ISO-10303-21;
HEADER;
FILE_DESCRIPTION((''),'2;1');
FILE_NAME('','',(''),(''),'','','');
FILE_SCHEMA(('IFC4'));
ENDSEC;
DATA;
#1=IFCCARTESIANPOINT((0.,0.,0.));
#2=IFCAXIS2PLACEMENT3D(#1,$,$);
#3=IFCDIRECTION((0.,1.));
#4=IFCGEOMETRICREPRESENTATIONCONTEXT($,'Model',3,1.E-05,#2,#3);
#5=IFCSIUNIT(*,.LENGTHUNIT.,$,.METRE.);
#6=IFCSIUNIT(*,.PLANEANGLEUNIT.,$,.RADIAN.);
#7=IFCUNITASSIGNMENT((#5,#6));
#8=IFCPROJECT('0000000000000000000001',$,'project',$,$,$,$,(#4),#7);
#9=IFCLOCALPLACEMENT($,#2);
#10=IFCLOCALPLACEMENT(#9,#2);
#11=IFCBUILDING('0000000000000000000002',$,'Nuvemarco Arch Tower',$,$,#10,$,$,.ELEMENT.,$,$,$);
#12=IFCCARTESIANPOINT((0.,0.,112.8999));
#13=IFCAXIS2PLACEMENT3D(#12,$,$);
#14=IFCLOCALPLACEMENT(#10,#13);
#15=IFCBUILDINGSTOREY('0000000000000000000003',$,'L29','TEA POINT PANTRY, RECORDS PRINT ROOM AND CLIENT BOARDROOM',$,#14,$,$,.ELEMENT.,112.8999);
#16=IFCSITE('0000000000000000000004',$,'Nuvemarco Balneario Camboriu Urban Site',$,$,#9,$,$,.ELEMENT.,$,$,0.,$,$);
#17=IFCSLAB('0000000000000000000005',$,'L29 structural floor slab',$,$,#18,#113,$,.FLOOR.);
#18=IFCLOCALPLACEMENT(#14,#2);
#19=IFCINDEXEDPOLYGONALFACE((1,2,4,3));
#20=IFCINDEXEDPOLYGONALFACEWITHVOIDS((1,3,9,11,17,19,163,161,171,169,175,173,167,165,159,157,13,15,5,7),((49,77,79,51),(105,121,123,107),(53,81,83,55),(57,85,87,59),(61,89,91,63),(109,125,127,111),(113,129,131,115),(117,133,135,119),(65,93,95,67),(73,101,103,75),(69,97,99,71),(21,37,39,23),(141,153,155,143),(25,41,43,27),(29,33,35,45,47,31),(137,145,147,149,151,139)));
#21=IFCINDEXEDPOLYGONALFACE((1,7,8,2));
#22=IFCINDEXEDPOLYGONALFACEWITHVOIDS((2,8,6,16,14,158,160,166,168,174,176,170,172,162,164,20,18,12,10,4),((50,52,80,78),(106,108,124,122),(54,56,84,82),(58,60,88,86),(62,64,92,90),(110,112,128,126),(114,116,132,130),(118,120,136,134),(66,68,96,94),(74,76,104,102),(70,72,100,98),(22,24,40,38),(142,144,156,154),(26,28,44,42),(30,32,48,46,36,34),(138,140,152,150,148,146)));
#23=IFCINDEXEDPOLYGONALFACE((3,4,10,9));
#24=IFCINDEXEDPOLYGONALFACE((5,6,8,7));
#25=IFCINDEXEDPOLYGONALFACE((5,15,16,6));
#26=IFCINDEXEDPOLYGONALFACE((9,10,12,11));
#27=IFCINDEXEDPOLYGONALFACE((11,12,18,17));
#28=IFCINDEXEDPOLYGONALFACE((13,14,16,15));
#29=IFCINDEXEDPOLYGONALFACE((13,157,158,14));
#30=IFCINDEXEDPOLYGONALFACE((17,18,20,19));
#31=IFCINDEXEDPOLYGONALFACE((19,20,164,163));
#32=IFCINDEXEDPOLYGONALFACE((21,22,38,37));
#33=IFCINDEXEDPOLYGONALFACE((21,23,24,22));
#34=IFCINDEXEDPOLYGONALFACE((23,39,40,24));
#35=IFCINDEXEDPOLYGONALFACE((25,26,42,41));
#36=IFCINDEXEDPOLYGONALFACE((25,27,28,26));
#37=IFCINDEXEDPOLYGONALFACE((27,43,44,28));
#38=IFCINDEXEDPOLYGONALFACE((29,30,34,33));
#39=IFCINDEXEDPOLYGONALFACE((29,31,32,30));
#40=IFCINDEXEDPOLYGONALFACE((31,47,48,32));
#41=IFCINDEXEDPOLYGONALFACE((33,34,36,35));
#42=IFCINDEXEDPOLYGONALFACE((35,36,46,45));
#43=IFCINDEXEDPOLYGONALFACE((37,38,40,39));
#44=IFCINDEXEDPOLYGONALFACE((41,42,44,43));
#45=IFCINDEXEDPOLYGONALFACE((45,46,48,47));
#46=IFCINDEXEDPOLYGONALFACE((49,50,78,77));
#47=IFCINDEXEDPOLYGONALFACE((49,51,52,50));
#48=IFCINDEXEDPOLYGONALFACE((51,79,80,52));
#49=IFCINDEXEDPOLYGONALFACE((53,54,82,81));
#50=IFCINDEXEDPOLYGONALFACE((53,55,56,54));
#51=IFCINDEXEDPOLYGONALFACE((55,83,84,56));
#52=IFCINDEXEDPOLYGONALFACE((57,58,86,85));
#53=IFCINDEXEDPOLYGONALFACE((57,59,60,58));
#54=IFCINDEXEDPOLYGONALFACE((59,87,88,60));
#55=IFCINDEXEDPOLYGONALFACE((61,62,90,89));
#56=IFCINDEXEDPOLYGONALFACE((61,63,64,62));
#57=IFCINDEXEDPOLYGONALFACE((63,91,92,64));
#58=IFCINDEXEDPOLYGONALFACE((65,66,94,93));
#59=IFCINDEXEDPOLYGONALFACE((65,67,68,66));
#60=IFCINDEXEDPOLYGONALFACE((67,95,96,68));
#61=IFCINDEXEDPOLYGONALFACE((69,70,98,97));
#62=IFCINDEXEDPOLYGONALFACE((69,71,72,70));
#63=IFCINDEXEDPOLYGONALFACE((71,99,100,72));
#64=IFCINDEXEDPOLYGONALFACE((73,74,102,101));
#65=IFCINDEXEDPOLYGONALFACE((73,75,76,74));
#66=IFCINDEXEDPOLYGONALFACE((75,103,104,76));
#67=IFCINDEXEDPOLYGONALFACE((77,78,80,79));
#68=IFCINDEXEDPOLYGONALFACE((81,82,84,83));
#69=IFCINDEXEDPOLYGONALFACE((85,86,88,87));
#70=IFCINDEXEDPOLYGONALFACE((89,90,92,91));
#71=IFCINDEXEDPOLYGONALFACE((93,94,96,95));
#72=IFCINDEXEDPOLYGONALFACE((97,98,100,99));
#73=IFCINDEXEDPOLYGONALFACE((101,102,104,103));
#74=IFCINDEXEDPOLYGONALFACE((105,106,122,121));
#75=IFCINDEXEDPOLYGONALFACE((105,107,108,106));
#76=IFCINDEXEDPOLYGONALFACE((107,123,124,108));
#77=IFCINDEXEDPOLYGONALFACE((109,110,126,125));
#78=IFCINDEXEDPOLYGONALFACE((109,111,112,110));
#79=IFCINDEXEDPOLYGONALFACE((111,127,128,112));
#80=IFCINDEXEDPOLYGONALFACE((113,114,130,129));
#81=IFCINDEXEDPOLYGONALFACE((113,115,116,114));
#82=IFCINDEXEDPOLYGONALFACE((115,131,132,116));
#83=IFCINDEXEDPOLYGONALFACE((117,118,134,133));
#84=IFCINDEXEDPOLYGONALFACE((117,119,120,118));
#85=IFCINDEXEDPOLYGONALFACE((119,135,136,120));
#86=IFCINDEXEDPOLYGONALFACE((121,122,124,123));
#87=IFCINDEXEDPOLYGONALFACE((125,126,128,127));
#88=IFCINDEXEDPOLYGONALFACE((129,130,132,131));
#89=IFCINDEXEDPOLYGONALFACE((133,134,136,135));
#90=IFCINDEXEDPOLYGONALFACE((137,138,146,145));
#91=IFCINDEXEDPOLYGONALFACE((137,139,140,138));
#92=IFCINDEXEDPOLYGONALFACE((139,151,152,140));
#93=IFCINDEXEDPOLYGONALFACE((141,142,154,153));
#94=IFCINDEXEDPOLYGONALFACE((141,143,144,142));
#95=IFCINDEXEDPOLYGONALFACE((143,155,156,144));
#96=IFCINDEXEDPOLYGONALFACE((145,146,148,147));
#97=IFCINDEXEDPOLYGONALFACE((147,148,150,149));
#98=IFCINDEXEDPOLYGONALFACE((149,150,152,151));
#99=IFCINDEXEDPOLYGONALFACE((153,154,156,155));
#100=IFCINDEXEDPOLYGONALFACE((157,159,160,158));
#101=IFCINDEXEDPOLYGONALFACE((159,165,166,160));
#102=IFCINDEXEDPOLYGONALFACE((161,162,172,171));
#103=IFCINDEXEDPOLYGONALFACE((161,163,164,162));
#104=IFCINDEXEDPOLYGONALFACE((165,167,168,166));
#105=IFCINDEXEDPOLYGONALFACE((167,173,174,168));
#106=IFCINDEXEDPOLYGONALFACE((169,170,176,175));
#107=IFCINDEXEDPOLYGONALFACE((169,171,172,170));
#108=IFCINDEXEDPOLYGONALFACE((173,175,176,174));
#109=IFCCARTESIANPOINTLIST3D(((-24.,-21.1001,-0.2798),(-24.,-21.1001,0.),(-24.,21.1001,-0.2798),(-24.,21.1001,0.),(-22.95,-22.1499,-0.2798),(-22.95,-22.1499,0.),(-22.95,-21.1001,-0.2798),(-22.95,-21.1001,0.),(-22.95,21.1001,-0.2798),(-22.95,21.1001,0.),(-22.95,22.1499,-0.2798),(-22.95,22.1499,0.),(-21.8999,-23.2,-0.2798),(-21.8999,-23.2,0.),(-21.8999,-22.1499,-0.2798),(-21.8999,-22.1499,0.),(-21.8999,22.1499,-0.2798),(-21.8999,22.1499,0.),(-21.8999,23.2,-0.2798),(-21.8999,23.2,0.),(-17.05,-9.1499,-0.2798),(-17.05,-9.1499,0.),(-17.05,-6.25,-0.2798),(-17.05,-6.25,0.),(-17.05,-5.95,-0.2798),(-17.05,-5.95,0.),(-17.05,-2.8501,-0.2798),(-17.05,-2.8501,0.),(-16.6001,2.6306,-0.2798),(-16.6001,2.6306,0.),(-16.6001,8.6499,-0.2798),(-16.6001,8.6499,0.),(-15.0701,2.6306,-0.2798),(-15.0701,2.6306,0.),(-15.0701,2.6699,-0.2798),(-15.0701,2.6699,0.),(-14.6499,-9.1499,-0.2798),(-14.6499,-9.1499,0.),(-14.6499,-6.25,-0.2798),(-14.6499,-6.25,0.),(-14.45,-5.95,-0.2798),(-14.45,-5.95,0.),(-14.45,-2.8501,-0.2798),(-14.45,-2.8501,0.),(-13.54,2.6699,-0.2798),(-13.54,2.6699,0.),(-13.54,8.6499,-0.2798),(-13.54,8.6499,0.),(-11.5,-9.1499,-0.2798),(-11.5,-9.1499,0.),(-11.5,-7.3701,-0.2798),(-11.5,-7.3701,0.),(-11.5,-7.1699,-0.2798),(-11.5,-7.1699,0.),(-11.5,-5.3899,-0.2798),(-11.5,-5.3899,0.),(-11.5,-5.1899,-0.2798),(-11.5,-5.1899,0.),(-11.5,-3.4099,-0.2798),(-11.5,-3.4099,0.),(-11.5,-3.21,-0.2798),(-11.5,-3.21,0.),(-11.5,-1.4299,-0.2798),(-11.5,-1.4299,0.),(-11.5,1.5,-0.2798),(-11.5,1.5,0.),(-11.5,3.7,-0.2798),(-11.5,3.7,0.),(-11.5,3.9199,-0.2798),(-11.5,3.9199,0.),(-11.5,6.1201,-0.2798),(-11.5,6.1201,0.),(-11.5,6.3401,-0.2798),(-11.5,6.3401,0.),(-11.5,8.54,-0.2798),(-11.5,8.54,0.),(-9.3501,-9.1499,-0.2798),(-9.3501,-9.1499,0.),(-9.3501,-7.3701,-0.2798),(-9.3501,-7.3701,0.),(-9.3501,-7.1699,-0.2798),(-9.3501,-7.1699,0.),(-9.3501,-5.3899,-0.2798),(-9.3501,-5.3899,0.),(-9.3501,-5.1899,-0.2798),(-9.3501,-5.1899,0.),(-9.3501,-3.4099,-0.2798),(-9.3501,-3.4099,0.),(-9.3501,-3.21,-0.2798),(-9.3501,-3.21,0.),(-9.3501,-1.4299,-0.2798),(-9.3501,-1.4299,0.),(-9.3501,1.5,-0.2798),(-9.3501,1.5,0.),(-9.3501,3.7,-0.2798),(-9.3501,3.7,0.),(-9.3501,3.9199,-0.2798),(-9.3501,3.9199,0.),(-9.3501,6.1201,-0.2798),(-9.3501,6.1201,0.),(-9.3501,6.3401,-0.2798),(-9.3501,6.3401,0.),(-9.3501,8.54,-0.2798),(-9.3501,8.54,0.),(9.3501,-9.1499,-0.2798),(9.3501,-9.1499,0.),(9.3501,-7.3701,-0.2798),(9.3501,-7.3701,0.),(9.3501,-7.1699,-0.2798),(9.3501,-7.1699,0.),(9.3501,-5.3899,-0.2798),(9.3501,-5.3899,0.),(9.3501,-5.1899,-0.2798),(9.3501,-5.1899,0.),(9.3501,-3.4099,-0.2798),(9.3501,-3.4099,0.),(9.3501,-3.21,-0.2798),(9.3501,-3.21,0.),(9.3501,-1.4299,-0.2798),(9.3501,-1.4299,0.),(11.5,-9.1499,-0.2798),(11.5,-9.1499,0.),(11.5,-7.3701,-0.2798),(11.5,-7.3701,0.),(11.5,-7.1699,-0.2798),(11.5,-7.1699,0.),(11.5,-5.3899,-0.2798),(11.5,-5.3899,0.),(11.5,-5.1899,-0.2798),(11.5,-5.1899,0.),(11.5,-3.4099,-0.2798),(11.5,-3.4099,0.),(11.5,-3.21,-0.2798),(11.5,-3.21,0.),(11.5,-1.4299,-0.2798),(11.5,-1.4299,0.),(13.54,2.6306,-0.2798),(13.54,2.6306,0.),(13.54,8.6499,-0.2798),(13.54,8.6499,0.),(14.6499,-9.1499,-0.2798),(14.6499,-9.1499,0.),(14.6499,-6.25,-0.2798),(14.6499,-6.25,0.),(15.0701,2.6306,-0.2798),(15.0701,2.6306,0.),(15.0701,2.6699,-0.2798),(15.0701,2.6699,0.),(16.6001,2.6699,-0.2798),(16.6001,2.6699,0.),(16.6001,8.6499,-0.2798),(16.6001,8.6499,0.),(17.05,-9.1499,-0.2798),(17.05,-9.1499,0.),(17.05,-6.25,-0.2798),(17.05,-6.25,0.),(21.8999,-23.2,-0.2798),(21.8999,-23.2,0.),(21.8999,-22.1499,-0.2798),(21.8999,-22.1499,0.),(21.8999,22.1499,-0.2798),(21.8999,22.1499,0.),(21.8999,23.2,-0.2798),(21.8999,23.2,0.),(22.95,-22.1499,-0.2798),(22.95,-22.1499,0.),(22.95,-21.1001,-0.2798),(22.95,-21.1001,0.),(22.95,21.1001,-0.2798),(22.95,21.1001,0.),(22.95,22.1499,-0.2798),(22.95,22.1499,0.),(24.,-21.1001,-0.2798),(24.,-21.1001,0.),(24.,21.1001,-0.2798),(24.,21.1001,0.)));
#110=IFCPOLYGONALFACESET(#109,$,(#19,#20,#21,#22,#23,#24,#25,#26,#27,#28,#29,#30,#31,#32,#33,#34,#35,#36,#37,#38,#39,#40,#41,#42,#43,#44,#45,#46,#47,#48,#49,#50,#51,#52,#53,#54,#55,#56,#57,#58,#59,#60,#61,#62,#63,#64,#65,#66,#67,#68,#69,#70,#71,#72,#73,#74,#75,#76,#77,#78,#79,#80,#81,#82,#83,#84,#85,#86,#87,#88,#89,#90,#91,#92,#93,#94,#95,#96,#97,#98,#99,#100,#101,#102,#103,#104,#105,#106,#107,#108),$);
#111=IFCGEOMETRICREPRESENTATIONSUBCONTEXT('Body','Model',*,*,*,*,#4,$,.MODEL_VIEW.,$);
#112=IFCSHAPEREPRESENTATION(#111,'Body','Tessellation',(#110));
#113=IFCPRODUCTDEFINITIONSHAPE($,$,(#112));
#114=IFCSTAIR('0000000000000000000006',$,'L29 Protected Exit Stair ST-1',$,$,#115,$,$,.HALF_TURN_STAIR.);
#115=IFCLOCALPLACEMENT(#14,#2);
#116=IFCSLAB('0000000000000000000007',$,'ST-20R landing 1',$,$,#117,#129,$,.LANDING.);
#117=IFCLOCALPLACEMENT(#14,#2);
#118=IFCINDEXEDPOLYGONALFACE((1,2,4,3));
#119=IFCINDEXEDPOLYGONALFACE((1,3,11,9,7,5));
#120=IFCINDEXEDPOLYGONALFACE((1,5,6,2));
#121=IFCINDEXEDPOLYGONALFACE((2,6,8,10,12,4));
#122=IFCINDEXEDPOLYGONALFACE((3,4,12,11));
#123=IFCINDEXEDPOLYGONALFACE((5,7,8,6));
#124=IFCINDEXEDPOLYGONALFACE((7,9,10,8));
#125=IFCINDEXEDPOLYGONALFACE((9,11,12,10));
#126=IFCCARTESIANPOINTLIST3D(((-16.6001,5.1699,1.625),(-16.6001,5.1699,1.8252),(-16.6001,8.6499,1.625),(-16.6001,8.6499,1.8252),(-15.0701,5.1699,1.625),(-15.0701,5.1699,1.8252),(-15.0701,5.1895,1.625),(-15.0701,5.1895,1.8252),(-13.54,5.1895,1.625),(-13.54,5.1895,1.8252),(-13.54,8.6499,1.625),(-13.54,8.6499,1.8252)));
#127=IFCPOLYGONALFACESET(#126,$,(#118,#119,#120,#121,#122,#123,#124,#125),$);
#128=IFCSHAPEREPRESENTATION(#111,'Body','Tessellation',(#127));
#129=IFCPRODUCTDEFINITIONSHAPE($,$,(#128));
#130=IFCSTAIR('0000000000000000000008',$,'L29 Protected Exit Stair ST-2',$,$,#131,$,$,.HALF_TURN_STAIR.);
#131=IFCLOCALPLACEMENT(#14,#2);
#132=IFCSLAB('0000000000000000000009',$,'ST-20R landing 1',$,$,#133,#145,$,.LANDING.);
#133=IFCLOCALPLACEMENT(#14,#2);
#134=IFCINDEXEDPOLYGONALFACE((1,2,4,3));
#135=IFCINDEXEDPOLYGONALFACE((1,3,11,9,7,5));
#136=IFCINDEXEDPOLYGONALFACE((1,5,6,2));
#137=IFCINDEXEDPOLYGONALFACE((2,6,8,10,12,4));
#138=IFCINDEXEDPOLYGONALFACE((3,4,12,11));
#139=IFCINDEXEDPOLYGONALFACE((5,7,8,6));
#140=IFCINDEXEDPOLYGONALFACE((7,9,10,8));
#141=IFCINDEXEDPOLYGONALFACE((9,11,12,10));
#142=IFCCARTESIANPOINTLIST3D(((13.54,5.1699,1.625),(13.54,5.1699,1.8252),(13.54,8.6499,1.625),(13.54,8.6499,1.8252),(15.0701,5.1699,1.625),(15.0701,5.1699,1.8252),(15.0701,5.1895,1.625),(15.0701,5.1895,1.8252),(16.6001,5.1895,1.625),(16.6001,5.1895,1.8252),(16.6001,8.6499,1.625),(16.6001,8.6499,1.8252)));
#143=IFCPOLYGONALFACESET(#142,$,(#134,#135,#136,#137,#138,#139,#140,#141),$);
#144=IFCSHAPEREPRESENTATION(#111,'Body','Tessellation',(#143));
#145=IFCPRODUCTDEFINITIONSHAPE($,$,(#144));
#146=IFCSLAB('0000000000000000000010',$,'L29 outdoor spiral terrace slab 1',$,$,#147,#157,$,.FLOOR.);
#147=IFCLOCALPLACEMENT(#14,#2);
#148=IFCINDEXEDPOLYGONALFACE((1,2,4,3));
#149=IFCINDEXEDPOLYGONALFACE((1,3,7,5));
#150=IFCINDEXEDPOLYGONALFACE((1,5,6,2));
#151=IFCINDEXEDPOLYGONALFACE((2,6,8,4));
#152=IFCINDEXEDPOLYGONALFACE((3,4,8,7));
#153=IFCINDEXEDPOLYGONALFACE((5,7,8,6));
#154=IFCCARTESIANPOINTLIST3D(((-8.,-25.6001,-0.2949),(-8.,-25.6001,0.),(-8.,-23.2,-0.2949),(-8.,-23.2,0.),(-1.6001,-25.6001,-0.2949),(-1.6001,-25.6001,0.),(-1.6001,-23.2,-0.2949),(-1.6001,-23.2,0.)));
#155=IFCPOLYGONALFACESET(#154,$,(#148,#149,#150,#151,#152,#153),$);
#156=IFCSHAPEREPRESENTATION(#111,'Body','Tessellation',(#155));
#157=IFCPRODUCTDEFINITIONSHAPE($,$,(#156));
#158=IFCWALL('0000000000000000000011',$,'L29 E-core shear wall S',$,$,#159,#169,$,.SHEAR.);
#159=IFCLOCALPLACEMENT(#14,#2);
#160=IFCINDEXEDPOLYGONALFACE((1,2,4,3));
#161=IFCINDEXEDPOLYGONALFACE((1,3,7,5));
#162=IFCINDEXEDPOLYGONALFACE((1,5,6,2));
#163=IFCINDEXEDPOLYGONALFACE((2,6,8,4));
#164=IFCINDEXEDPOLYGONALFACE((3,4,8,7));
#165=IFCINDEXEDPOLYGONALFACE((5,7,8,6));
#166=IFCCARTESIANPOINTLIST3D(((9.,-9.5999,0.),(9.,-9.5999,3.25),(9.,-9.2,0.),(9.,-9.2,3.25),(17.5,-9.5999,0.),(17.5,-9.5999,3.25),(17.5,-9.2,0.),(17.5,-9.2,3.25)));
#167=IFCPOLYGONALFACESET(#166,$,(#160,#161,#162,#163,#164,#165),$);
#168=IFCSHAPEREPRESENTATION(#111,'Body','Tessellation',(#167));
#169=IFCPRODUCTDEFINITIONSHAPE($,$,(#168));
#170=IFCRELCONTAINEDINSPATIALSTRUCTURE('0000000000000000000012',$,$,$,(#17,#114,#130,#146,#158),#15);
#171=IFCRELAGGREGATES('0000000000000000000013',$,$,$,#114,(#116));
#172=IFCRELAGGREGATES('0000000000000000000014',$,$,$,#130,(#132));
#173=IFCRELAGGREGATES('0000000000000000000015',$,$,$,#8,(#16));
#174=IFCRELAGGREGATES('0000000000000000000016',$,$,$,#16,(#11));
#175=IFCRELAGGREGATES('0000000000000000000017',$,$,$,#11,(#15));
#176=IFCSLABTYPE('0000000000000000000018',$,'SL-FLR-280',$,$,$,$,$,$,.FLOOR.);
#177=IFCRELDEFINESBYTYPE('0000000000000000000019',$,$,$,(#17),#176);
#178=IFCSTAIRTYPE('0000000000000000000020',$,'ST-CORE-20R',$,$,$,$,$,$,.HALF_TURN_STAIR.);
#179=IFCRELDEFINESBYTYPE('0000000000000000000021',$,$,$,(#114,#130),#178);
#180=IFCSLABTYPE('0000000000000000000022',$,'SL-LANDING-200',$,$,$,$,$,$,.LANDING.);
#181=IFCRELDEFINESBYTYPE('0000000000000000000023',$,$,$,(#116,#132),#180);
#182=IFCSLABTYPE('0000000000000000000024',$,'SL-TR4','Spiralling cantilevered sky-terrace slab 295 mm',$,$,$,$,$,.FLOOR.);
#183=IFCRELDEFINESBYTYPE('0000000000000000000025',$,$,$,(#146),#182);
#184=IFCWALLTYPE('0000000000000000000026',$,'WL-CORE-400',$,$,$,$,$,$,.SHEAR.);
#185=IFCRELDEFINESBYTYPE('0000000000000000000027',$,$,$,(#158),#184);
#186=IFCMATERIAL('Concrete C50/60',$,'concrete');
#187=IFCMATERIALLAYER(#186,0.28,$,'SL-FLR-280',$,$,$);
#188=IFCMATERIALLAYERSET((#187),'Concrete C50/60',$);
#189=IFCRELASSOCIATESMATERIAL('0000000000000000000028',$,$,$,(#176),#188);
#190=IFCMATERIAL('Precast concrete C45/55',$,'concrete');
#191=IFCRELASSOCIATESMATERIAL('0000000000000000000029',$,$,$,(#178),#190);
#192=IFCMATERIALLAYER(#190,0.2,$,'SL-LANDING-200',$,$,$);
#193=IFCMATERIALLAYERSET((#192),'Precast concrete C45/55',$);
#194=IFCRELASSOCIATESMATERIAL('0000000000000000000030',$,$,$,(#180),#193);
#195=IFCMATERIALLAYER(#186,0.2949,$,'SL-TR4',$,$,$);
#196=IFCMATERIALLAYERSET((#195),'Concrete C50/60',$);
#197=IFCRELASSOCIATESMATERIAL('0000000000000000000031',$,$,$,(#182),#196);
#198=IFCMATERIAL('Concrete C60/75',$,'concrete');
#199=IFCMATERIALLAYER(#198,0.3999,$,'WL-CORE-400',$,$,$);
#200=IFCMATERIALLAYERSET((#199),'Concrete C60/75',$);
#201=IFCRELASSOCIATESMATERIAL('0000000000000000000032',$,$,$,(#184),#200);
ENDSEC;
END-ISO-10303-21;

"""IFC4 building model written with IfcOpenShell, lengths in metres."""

from ifc_helpers import new_model, si_unit, direction, frame, frame_2d, origin, place, context, subcontext, project, spatial, polyline, rectangle, outline, extrude, material, layer, layer_set, type_object, element, aggregate, save


model = new_model("IFC4")

# Units and contexts
model_context = context("Model", 3, precision=1e-05, world=origin(), true_north=direction((0.0, 1.0)))
body_context = subcontext(model_context, "Body", "Model", "MODEL_VIEW")
ifc_project = project(units=[si_unit("LENGTHUNIT", "METRE"), si_unit("PLANEANGLEUNIT", "RADIAN")], contexts=[model_context])

# Site, building, storey
site_placement = place(None, origin())
site = spatial("IfcSite", under=ifc_project, at=site_placement, Name="Nuvemarco Balneario Camboriu Urban Site", CompositionType="ELEMENT", RefElevation=0.0)
building_placement = place(site_placement, origin())
building = spatial("IfcBuilding", under=site, at=building_placement, Name="Nuvemarco Arch Tower", CompositionType="ELEMENT")
storey_placement = place(building_placement, frame((0.0, 0.0, 112.8999)))
storey = spatial("IfcBuildingStorey", under=building, at=storey_placement, Name="L29", Description="TEA POINT PANTRY, RECORDS PRINT ROOM AND CLIENT BOARDROOM", CompositionType="ELEMENT", Elevation=112.8999)

# Shared definitions
ifc_material_1 = material(Name="Concrete C60/75", Category="concrete")

# Slab
ifc_material_2 = material(Name="Concrete C50/60", Category="concrete")
ifc_layer_1 = layer(ifc_material_2, 0.28, Name="SL-FLR-280")
ifc_layer_set_1 = layer_set([ifc_layer_1], Name="Concrete C50/60")
slab_type_1 = type_object("IfcSlabType", Name="SL-FLR-280", PredefinedType="FLOOR", material=ifc_layer_set_1)
slab_1_placement = place(storey_placement, frame((0.0, 0.0, -0.2798)))
element("IfcSlab", 1, at=slab_1_placement, inside=storey, type_object=slab_type_1, Name="L29 structural floor slab", PredefinedType="FLOOR", context=body_context, shape_type="SweptSolid", body=[
    extrude(outline(polyline([(-21.8999, -23.2), (21.8999, -23.2), (21.8999, -22.1499), (22.95, -22.1499), (22.95, -21.1001), (24.0, -21.1001), (24.0, 21.1001), (22.95, 21.1001), (22.95, 22.1499), (21.8999, 22.1499), (21.8999, 23.2), (-21.8999, 23.2), (-21.8999, 22.1499), (-22.95, 22.1499), (-22.95, 21.1001), (-24.0, 21.1001), (-24.0, -21.1001), (-22.95, -21.1001), (-22.95, -22.1499), (-21.8999, -22.1499), (-21.8999, -23.2)]), holes=[polyline([(-13.54, 2.6699), (-13.54, 8.6499), (-16.6001, 8.6499), (-16.6001, 2.6306), (-15.0701, 2.6306), (-15.0701, 2.6699), (-13.54, 2.6699)]), polyline([(16.6001, 2.6699), (16.6001, 8.6499), (13.54, 8.6499), (13.54, 2.6306), (15.0701, 2.6306), (15.0701, 2.6699), (16.6001, 2.6699)]), polyline([(-17.05, -9.1499), (-14.6499, -9.1499), (-14.6499, -6.25), (-17.05, -6.25), (-17.05, -9.1499)]), polyline([(-17.05, -5.95), (-14.45, -5.95), (-14.45, -2.8501), (-17.05, -2.8501), (-17.05, -5.95)]), polyline([(-11.5, -9.1499), (-9.3501, -9.1499), (-9.3501, -7.3701), (-11.5, -7.3701), (-11.5, -9.1499)]), polyline([(-11.5, -7.1699), (-9.3501, -7.1699), (-9.3501, -5.3899), (-11.5, -5.3899), (-11.5, -7.1699)]), polyline([(-11.5, -5.1899), (-9.3501, -5.1899), (-9.3501, -3.4099), (-11.5, -3.4099), (-11.5, -5.1899)]), polyline([(-11.5, -3.21), (-9.3501, -3.21), (-9.3501, -1.4299), (-11.5, -1.4299), (-11.5, -3.21)]), polyline([(-11.5, 1.5), (-9.3501, 1.5), (-9.3501, 3.7), (-11.5, 3.7), (-11.5, 1.5)]), polyline([(-11.5, 3.9199), (-9.3501, 3.9199), (-9.3501, 6.1201), (-11.5, 6.1201), (-11.5, 3.9199)]), polyline([(-11.5, 6.3401), (-9.3501, 6.3401), (-9.3501, 8.54), (-11.5, 8.54), (-11.5, 6.3401)]), polyline([(14.6499, -9.1499), (17.05, -9.1499), (17.05, -6.25), (14.6499, -6.25), (14.6499, -9.1499)]), polyline([(9.3501, -9.1499), (11.5, -9.1499), (11.5, -7.3701), (9.3501, -7.3701), (9.3501, -9.1499)]), polyline([(9.3501, -7.1699), (11.5, -7.1699), (11.5, -5.3899), (9.3501, -5.3899), (9.3501, -7.1699)]), polyline([(9.3501, -5.1899), (11.5, -5.1899), (11.5, -3.4099), (9.3501, -3.4099), (9.3501, -5.1899)]), polyline([(9.3501, -3.21), (11.5, -3.21), (11.5, -1.4299), (9.3501, -1.4299), (9.3501, -3.21)])]), origin(), (0.0, 0.0, 1.0), 0.2798),
])

# Stairs, slabs
ifc_material_3 = material(Name="Precast concrete C45/55", Category="concrete")
stair_type = type_object("IfcStairType", Name="ST-CORE-20R", PredefinedType="HALF_TURN_STAIR", material=ifc_material_3)
stair_1_placement = place(storey_placement, origin())
stair_1 = element("IfcStair", 2, at=stair_1_placement, inside=storey, type_object=stair_type, Name="L29 Protected Exit Stair ST-1", PredefinedType="HALF_TURN_STAIR")
ifc_layer_2 = layer(ifc_material_3, 0.2, Name="SL-LANDING-200")
ifc_layer_set_2 = layer_set([ifc_layer_2], Name="Precast concrete C45/55")
slab_type_2 = type_object("IfcSlabType", Name="SL-LANDING-200", PredefinedType="LANDING", material=ifc_layer_set_2)
slab_2_placement = place(storey_placement, frame((0.0, 0.0, 1.625)))
slab_2 = element("IfcSlab", 3, at=slab_2_placement, type_object=slab_type_2, Name="ST-20R landing 1", PredefinedType="LANDING", context=body_context, shape_type="SweptSolid", body=[
    extrude(outline(polyline([(-13.54, 5.1895), (-13.54, 8.6499), (-16.6001, 8.6499), (-16.6001, 5.1699), (-15.0701, 5.1699), (-15.0701, 5.1895), (-13.54, 5.1895)])), origin(), (0.0, 0.0, 1.0), 0.2002),
])
aggregate(stair_1, [slab_2])
stair_2_placement = place(storey_placement, origin())
stair_2 = element("IfcStair", 4, at=stair_2_placement, inside=storey, type_object=stair_type, Name="L29 Protected Exit Stair ST-2", PredefinedType="HALF_TURN_STAIR")
slab_3_placement = place(storey_placement, frame((0.0, 0.0, 1.625)))
slab_3 = element("IfcSlab", 5, at=slab_3_placement, type_object=slab_type_2, Name="ST-20R landing 1", PredefinedType="LANDING", context=body_context, shape_type="SweptSolid", body=[
    extrude(outline(polyline([(16.6001, 5.1895), (16.6001, 8.6499), (13.54, 8.6499), (13.54, 5.1699), (15.0701, 5.1699), (15.0701, 5.1895), (16.6001, 5.1895)])), origin(), (0.0, 0.0, 1.0), 0.2002),
])
aggregate(stair_2, [slab_3])

# Slab
ifc_layer_3 = layer(ifc_material_2, 0.2949, Name="SL-TR4")
ifc_layer_set_3 = layer_set([ifc_layer_3], Name="Concrete C50/60")
slab_type_3 = type_object("IfcSlabType", Name="SL-TR4", Description="Spiralling cantilevered sky-terrace slab 295 mm", PredefinedType="FLOOR", material=ifc_layer_set_3)
slab_4_placement = place(storey_placement, frame((0.0, 0.0, -0.2949)))
element("IfcSlab", 6, at=slab_4_placement, inside=storey, type_object=slab_type_3, Name="L29 outdoor spiral terrace slab 1", PredefinedType="FLOOR", context=body_context, shape_type="SweptSolid", body=[
    extrude(outline(polyline([(-8.0, -25.6001), (-1.6001, -25.6001), (-1.6001, -23.2), (-8.0, -23.2), (-8.0, -25.6001)])), origin(), (0.0, 0.0, 1.0), 0.2949),
])

# Wall
ifc_layer_4 = layer(ifc_material_1, 0.3999, Name="WL-CORE-400")
ifc_layer_set_4 = layer_set([ifc_layer_4], Name="Concrete C60/75")
wall_type_1 = type_object("IfcWallType", Name="WL-CORE-400", PredefinedType="SHEAR", material=ifc_layer_set_4)
wall_1_placement = place(storey_placement, frame((9.0, -9.3999, 0.0), z_axis=(0.0, 0.0, 1.0), x_axis=(1.0, 0.0, 0.0)))
element("IfcWall", 7, at=wall_1_placement, inside=storey, type_object=wall_type_1, Name="L29 E-core shear wall S", PredefinedType="SHEAR", context=body_context, shape_type="SweptSolid", body=[
    extrude(rectangle(XDim=8.5, YDim=0.3999, at=frame_2d((4.25, 0.0))), origin(), (0.0, 0.0, 1.0), 3.25),
])

save(model, "model.ifc")
